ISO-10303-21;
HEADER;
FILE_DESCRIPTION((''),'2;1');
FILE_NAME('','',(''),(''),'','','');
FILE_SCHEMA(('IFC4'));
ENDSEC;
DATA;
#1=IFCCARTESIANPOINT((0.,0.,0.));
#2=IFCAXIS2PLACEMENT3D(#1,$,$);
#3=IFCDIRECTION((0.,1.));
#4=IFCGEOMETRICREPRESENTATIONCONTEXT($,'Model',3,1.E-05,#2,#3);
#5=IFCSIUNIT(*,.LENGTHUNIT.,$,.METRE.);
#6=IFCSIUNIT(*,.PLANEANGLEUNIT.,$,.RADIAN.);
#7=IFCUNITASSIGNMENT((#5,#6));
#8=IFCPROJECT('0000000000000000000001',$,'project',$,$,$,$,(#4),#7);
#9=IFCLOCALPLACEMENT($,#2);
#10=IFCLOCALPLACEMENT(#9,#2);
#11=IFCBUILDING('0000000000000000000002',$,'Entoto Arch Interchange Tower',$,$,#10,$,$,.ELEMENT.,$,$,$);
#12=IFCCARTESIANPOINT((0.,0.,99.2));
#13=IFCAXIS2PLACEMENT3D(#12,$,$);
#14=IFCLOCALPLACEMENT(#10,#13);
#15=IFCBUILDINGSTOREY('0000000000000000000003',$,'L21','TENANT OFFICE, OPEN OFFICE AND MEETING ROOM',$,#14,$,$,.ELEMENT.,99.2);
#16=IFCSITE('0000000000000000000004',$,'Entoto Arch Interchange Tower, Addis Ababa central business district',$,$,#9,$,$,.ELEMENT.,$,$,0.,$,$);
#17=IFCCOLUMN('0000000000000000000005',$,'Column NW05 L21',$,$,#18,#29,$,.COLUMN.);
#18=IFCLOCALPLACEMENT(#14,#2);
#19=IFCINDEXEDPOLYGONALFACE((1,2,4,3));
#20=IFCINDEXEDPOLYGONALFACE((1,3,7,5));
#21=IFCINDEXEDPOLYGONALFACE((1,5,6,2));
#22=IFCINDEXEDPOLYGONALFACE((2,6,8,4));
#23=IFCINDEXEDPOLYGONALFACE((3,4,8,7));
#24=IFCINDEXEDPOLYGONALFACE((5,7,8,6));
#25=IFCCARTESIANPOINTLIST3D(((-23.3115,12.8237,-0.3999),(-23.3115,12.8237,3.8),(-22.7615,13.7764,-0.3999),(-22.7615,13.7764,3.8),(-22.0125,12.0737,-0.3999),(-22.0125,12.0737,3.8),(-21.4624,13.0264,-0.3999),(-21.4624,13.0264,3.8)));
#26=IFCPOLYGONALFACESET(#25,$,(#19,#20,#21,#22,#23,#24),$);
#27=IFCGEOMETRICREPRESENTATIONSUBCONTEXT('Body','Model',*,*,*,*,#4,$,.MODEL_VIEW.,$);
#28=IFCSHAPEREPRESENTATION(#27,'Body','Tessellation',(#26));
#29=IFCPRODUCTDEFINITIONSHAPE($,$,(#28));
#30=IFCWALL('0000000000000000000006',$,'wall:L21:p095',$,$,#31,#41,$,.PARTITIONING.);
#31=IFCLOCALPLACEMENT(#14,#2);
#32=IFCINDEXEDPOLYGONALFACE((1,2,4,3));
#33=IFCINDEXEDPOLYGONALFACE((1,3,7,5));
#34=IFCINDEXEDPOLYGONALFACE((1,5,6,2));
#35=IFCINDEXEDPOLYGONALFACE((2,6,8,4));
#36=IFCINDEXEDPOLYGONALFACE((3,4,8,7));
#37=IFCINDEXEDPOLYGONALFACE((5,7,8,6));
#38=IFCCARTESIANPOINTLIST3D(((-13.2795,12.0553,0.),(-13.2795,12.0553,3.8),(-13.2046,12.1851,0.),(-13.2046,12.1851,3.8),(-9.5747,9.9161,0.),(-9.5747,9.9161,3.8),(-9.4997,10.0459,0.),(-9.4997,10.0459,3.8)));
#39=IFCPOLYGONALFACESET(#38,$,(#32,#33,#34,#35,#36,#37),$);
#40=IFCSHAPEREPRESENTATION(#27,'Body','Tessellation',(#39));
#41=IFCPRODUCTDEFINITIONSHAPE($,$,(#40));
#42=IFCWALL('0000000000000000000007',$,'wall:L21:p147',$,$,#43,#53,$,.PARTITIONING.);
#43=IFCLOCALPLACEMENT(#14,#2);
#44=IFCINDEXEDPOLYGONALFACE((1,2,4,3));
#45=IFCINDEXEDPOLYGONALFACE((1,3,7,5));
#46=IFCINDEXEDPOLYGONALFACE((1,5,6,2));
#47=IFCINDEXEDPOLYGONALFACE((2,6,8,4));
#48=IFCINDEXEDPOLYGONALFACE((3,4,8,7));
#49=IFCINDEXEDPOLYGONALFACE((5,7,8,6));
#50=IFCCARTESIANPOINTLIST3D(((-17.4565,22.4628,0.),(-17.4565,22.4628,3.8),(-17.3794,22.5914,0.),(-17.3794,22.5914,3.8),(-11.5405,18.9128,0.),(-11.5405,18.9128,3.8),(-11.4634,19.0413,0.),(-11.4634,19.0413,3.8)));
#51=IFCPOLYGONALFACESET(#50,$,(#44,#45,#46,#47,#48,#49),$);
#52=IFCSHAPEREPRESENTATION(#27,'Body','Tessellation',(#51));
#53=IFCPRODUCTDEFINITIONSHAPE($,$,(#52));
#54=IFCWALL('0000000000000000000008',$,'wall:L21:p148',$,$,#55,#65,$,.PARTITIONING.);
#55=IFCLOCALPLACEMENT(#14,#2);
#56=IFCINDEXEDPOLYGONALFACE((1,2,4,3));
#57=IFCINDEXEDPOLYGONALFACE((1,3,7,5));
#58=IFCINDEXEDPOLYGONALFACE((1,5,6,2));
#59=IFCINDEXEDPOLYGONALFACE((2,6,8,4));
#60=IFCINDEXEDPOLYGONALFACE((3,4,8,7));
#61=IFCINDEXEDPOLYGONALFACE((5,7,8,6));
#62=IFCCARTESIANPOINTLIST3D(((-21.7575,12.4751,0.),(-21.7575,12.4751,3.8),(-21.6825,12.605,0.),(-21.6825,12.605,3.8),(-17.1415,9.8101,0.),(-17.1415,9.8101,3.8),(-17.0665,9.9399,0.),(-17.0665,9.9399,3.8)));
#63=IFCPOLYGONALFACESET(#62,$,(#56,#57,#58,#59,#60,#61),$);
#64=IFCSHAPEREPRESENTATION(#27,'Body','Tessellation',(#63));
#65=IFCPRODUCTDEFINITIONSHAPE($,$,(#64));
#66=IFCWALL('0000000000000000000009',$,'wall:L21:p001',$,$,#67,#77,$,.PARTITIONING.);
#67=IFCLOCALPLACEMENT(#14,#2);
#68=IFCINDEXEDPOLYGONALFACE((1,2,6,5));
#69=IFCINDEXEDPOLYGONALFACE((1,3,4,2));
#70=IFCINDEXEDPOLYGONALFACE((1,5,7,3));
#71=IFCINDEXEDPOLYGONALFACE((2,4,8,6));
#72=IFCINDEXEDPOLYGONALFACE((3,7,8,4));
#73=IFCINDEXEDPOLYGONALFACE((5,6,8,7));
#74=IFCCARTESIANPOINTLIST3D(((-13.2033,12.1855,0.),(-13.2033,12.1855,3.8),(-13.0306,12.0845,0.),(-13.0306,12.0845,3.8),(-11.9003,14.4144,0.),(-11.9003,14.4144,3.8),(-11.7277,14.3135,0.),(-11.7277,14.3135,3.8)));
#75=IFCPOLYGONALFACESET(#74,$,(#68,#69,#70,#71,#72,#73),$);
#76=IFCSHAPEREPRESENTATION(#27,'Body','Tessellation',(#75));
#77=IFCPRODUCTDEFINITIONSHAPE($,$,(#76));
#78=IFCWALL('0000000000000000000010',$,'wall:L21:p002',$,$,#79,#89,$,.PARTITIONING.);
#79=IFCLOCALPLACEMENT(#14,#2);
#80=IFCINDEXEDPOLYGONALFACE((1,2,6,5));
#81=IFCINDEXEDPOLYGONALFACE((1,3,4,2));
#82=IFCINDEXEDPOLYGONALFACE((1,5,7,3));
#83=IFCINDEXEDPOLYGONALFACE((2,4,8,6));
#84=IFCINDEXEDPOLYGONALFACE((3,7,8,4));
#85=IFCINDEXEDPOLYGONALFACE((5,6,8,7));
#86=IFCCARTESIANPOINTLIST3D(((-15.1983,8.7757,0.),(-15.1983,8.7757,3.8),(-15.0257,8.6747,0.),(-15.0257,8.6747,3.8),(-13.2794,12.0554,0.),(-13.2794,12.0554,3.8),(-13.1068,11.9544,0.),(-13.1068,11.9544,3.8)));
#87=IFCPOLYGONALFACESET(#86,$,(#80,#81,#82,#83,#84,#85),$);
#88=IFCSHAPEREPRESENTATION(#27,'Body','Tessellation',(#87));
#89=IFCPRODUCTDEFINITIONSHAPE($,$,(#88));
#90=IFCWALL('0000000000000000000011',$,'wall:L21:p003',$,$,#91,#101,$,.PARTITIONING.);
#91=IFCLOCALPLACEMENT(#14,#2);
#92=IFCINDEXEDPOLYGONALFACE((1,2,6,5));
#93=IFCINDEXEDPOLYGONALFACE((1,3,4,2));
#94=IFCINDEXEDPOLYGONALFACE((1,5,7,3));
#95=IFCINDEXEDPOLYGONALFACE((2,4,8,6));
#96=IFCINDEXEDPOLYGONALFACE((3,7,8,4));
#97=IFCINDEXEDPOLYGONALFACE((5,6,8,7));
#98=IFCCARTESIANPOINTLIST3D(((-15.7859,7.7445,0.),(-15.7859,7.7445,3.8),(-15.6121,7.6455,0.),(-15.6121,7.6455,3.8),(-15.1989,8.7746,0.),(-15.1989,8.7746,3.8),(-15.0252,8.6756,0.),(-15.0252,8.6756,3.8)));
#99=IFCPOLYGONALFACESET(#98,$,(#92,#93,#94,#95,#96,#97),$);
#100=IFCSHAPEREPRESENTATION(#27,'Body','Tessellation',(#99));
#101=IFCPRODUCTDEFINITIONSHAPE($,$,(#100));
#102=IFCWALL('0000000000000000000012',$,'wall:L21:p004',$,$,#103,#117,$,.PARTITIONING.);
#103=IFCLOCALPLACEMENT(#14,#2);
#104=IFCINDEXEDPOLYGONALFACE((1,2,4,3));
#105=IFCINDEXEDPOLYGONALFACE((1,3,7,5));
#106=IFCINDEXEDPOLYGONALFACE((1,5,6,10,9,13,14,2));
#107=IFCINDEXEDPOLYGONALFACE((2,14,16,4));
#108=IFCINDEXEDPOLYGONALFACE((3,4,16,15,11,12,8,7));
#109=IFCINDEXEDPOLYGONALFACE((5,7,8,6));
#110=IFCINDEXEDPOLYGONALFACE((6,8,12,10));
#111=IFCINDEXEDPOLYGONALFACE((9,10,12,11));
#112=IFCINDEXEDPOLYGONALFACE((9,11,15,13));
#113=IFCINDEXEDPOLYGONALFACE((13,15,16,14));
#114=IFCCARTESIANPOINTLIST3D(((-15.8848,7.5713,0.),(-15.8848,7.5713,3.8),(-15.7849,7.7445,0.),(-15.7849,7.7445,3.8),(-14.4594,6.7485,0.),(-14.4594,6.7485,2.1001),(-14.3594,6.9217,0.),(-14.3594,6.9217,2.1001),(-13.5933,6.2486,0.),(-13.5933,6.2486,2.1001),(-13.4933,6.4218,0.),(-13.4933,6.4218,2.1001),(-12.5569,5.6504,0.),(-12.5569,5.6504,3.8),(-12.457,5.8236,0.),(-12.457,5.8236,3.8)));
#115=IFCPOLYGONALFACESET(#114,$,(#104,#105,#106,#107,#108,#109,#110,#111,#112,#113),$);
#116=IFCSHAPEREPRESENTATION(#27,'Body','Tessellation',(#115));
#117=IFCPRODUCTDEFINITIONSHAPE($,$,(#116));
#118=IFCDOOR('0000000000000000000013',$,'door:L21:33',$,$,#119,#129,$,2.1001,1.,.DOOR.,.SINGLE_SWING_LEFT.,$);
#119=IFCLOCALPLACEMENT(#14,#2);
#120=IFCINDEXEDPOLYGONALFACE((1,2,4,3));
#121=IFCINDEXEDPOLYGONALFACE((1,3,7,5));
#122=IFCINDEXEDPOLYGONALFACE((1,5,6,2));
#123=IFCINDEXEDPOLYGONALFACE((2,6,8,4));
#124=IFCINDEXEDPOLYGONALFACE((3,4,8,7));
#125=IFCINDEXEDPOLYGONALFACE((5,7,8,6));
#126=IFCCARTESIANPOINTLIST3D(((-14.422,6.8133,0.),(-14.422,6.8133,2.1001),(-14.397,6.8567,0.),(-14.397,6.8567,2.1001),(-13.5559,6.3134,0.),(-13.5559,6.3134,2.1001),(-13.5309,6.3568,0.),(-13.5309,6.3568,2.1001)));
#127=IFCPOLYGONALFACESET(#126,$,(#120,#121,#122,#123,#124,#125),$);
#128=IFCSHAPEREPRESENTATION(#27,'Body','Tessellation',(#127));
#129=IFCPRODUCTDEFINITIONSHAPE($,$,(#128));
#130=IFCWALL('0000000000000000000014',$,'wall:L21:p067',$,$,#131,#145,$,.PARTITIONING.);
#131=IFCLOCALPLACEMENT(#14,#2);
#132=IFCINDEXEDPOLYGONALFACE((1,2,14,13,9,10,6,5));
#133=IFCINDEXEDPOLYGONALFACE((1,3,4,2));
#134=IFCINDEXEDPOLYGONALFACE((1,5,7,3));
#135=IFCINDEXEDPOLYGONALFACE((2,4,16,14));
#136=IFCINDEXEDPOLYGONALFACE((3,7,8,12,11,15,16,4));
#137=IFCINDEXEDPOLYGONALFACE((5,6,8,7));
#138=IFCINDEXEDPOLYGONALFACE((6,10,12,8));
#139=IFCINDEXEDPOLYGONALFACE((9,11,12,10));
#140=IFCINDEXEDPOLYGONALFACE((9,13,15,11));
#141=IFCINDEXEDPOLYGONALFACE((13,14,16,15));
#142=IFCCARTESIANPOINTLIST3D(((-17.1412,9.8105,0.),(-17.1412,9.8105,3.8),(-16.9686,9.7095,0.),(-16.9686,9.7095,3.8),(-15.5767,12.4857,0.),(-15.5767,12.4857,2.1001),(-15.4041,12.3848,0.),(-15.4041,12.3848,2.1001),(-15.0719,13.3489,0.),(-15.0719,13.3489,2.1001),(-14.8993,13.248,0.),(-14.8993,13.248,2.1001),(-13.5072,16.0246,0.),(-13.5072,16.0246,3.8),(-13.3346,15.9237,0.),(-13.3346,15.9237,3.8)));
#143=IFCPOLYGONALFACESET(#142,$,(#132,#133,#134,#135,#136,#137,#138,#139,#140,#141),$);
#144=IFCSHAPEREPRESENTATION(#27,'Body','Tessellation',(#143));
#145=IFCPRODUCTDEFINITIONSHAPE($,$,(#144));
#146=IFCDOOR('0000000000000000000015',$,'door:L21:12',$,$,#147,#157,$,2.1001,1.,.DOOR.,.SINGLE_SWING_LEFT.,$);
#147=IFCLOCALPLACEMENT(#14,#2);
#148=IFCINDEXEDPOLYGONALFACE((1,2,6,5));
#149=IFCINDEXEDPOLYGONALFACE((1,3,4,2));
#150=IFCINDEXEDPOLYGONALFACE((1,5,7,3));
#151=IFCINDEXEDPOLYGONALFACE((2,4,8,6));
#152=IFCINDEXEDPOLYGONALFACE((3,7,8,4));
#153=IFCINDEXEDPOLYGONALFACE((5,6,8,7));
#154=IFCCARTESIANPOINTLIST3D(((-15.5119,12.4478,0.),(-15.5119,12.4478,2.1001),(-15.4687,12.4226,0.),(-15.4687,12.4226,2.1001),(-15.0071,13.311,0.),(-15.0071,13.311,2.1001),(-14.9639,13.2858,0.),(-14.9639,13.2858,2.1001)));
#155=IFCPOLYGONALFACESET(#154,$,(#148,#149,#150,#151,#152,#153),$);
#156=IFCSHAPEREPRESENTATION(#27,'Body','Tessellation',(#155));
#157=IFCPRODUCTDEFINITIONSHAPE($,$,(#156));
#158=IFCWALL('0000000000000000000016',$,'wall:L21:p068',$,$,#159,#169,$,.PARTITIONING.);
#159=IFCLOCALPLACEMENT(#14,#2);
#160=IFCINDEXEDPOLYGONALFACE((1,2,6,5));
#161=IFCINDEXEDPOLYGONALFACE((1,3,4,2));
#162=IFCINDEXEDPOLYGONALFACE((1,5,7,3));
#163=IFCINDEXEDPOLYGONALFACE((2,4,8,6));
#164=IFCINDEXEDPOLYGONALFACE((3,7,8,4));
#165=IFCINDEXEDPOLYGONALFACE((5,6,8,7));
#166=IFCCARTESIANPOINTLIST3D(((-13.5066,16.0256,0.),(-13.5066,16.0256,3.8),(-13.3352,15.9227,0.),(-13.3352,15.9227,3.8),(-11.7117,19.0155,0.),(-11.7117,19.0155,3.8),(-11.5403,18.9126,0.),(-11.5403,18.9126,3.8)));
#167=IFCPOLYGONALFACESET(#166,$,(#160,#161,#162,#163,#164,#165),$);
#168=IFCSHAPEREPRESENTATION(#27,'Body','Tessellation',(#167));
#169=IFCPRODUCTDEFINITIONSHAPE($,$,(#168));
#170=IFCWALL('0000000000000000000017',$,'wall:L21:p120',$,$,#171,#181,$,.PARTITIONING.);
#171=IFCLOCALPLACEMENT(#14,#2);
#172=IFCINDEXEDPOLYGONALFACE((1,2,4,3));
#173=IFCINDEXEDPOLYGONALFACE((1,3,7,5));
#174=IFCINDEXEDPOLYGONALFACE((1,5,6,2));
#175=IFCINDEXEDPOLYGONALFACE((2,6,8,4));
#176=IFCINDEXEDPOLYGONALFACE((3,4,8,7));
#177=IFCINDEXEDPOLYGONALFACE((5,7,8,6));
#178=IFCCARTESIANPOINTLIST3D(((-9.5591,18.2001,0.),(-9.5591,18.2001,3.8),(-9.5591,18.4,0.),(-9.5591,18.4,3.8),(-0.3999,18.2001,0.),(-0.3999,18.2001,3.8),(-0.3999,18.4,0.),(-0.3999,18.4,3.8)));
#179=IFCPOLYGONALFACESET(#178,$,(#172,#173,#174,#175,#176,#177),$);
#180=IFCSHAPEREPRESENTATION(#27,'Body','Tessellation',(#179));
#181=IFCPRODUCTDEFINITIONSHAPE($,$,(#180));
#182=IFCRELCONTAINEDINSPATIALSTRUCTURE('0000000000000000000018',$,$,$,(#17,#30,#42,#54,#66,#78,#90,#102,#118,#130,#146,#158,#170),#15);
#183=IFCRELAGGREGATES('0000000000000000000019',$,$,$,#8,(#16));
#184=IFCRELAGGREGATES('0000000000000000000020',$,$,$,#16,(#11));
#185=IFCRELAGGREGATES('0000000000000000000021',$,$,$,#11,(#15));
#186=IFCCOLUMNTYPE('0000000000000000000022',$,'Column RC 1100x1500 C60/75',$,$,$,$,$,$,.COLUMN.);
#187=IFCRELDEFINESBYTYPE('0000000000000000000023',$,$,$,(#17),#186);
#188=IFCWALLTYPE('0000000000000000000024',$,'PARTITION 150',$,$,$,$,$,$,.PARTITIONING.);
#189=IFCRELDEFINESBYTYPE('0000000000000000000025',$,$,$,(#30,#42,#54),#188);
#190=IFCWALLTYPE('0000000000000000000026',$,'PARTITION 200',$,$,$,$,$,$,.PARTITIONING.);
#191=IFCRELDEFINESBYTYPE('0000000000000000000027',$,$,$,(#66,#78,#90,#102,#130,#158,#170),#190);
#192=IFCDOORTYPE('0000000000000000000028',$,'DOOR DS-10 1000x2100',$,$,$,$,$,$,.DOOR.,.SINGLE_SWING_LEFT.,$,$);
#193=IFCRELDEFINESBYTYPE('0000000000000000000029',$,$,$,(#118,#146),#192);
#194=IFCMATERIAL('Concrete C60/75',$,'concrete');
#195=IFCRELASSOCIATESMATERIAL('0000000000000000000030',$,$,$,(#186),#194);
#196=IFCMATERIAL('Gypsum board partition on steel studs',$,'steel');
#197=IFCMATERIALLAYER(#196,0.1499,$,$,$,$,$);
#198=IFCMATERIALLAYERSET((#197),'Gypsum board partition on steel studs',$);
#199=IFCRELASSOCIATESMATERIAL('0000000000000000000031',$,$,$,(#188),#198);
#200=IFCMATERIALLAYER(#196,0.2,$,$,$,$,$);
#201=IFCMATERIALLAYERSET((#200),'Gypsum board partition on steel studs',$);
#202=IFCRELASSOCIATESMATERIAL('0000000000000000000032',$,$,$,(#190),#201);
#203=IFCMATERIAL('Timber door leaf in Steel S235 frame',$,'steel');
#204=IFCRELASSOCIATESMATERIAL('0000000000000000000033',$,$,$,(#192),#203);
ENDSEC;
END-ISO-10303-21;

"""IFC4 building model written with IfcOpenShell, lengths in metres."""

from ifc_helpers import new_model, si_unit, direction, frame, frame_2d, origin, origin_2d, place, context, subcontext, project, spatial, rectangle, extrude, material, layer, layer_set, material_profile, profile_set, type_object, element, fill, save


model = new_model("IFC4")

# Units and contexts
model_context = context("Model", 3, precision=1e-05, world=origin(), true_north=direction((0.0, 1.0)))
body_context = subcontext(model_context, "Body", "Model", "MODEL_VIEW")
ifc_project = project(units=[si_unit("LENGTHUNIT", "METRE"), si_unit("PLANEANGLEUNIT", "RADIAN")], contexts=[model_context])

# Site, building, storey
site_placement = place(None, origin())
site = spatial("IfcSite", under=ifc_project, at=site_placement, Name="Entoto Arch Interchange Tower, Addis Ababa central business district", CompositionType="ELEMENT", RefElevation=0.0)
building_placement = place(site_placement, origin())
building = spatial("IfcBuilding", under=site, at=building_placement, Name="Entoto Arch Interchange Tower", CompositionType="ELEMENT")
storey_placement = place(building_placement, frame((0.0, 0.0, 99.2)))
storey = spatial("IfcBuildingStorey", under=building, at=storey_placement, Name="L21", Description="TENANT OFFICE, OPEN OFFICE AND MEETING ROOM", CompositionType="ELEMENT", Elevation=99.2)

# Column
ifc_material_1 = material(Name="Concrete C60/75", Category="concrete")
ifc_material_profile = material_profile(ifc_material_1, rectangle(XDim=1.1001, YDim=1.5, at=origin_2d()))
ifc_profile_set = profile_set([ifc_material_profile], Name="Concrete C60/75")
column_type = type_object("IfcColumnType", Name="Column RC 1100x1500 C60/75", PredefinedType="COLUMN", material=ifc_profile_set)
column_placement = place(storey_placement, frame((-22.387, 12.925, -0.3999), z_axis=(0.0, 0.0, 1.0), x_axis=(0.5, 0.866025, 0.0)))
element("IfcColumn", 1, at=column_placement, inside=storey, type_object=column_type, Name="Column NW05 L21", PredefinedType="COLUMN", context=body_context, shape_type="SweptSolid", body=[
    extrude(rectangle(XDim=1.1001, YDim=1.5, at=origin_2d()), origin(), (0.0, 0.0, 1.0), 4.2),
])

# Walls
ifc_material_2 = material(Name="Gypsum board partition on steel studs", Category="steel")
ifc_layer_1 = layer(ifc_material_2, 0.1499)
ifc_layer_set_1 = layer_set([ifc_layer_1], Name="Gypsum board partition on steel studs")
wall_type_1 = type_object("IfcWallType", Name="PARTITION 150", PredefinedType="PARTITIONING", material=ifc_layer_set_1)
wall_1_placement = place(storey_placement, frame((-9.5371, 9.981, 0.0), z_axis=(0.0, 0.0, 1.0), x_axis=(-0.866008, 0.50003, 0.0)))
element("IfcWall", 2, at=wall_1_placement, inside=storey, type_object=wall_type_1, Name="wall:L21:p095", PredefinedType="PARTITIONING", context=body_context, shape_type="SweptSolid", body=[
    extrude(rectangle(XDim=4.2781, YDim=0.1499, at=frame_2d((2.1392, 0.0))), origin(), (0.0, 0.0, 1.0), 3.8),
])
wall_2_placement = place(storey_placement, frame((-11.502, 18.9771, 0.0), z_axis=(0.0, 0.0, 1.0), x_axis=(-0.857465, 0.514543, 0.0)))
element("IfcWall", 3, at=wall_2_placement, inside=storey, type_object=wall_type_1, Name="wall:L21:p147", PredefinedType="PARTITIONING", context=body_context, shape_type="SweptSolid", body=[
    extrude(rectangle(XDim=6.8994, YDim=0.1499, at=frame_2d((3.4497, 0.0))), origin(), (0.0, 0.0, 1.0), 3.8),
])
wall_3_placement = place(storey_placement, frame((-17.104, 9.875, 0.0), z_axis=(0.0, 0.0, 1.0), x_axis=(-0.866025, 0.500001, 0.0)))
element("IfcWall", 4, at=wall_3_placement, inside=storey, type_object=wall_type_1, Name="wall:L21:p148", PredefinedType="PARTITIONING", context=body_context, shape_type="SweptSolid", body=[
    extrude(rectangle(XDim=5.3301, YDim=0.1499, at=frame_2d((2.665, 0.0))), origin(), (0.0, 0.0, 1.0), 3.8),
])
ifc_layer_2 = layer(ifc_material_2, 0.2)
ifc_layer_set_2 = layer_set([ifc_layer_2], Name="Gypsum board partition on steel studs")
wall_type_2 = type_object("IfcWallType", Name="PARTITION 200", PredefinedType="PARTITIONING", material=ifc_layer_set_2)
wall_4_placement = place(storey_placement, frame((-11.814, 14.364, 0.0), z_axis=(0.0, 0.0, 1.0), x_axis=(-0.504659, -0.863319, 0.0)))
element("IfcWall", 5, at=wall_4_placement, inside=storey, type_object=wall_type_2, Name="wall:L21:p001", PredefinedType="PARTITIONING", context=body_context, shape_type="SweptSolid", body=[
    extrude(rectangle(XDim=2.5818, YDim=0.2, at=frame_2d((1.291, 0.0))), origin(), (0.0, 0.0, 1.0), 3.8),
])
wall_5_placement = place(storey_placement, frame((-13.1931, 12.0049, 0.0), z_axis=(0.0, 0.0, 1.0), x_axis=(-0.504997, -0.863121, 0.0)))
element("IfcWall", 6, at=wall_5_placement, inside=storey, type_object=wall_type_2, Name="wall:L21:p002", PredefinedType="PARTITIONING", context=body_context, shape_type="SweptSolid", body=[
    extrude(rectangle(XDim=3.7998, YDim=0.2, at=frame_2d((1.8999, 0.0))), origin(), (0.0, 0.0, 1.0), 3.8),
])
wall_6_placement = place(storey_placement, frame((-15.1121, 8.7251, 0.0), z_axis=(0.0, 0.0, 1.0), x_axis=(-0.495074, -0.868851, 0.0)))
element("IfcWall", 7, at=wall_6_placement, inside=storey, type_object=wall_type_2, Name="wall:L21:p003", PredefinedType="PARTITIONING", context=body_context, shape_type="SweptSolid", body=[
    extrude(rectangle(XDim=1.1855, YDim=0.2, at=frame_2d((0.5928, 0.0))), origin(), (0.0, 0.0, 1.0), 3.8),
])

# Walls, openings, doors
wall_7_placement = place(storey_placement, frame((-15.835, 7.658, 0.0), z_axis=(0.0, 0.0, 1.0), x_axis=(0.866077, -0.499911, 0.0)))
wall_7 = element("IfcWall", 8, at=wall_7_placement, inside=storey, type_object=wall_type_2, Name="wall:L21:p004", PredefinedType="PARTITIONING", context=body_context, shape_type="SweptSolid", body=[
    extrude(rectangle(XDim=3.8425, YDim=0.2, at=frame_2d((1.9214, 0.0))), origin(), (0.0, 0.0, 1.0), 3.8),
])
opening_1_placement = place(wall_7_placement, frame((1.646, 0.0, 0.0)))
opening_1 = element("IfcOpeningElement", 9, at=opening_1_placement, cuts=wall_7, PredefinedType="OPENING", context=body_context, shape_type="SweptSolid", body=[
    extrude(rectangle(XDim=1.0, YDim=2.1001, at=frame_2d((0.5, 1.05))), frame((0.0, 0.1099, 0.0), z_axis=(0.0, -1.0, 0.0), x_axis=(1.0, 0.0, 0.0)), (0.0, 0.0, 1.0), 0.22),
])
ifc_material_3 = material(Name="Timber door leaf in Steel S235 frame", Category="steel")
door_type = type_object("IfcDoorType", Name="DOOR DS-10 1000x2100", OperationType="SINGLE_SWING_LEFT", PredefinedType="DOOR", material=ifc_material_3)
door_1_placement = place(opening_1_placement, origin())
door_1 = element("IfcDoor", 10, at=door_1_placement, inside=storey, type_object=door_type, Name="door:L21:33", OperationType="SINGLE_SWING_LEFT", OverallHeight=2.1001, OverallWidth=1.0, PredefinedType="DOOR", context=body_context, shape_type="SweptSolid", body=[
    extrude(rectangle(XDim=1.0, YDim=2.1001, at=frame_2d((0.5, 1.05))), frame((0.0, 0.0249, 0.0), z_axis=(0.0, -1.0, 0.0), x_axis=(1.0, 0.0, 0.0)), (0.0, 0.0, 1.0), 0.05),
])
fill(opening_1, door_1)
wall_8_placement = place(storey_placement, frame((-17.0549, 9.76, 0.0), z_axis=(0.0, 0.0, 1.0), x_axis=(0.504818, 0.863226, 0.0)))
wall_8 = element("IfcWall", 11, at=wall_8_placement, inside=storey, type_object=wall_type_2, Name="wall:L21:p067", PredefinedType="PARTITIONING", context=body_context, shape_type="SweptSolid", body=[
    extrude(rectangle(XDim=7.1987, YDim=0.2, at=frame_2d((3.5994, 0.0))), origin(), (0.0, 0.0, 1.0), 3.8),
])
opening_2_placement = place(wall_8_placement, frame((3.0991, 0.0, 0.0)))
opening_2 = element("IfcOpeningElement", 12, at=opening_2_placement, cuts=wall_8, PredefinedType="OPENING", context=body_context, shape_type="SweptSolid", body=[
    extrude(rectangle(XDim=1.0, YDim=2.1001, at=frame_2d((0.5, 1.05))), frame((0.0, 0.1099, 0.0), z_axis=(0.0, -1.0, 0.0), x_axis=(1.0, 0.0, 0.0)), (0.0, 0.0, 1.0), 0.22),
])
door_2_placement = place(opening_2_placement, origin())
door_2 = element("IfcDoor", 13, at=door_2_placement, inside=storey, type_object=door_type, Name="door:L21:12", OperationType="SINGLE_SWING_LEFT", OverallHeight=2.1001, OverallWidth=1.0, PredefinedType="DOOR", context=body_context, shape_type="SweptSolid", body=[
    extrude(rectangle(XDim=1.0, YDim=2.1001, at=frame_2d((0.5, 1.05))), frame((0.0, 0.0249, 0.0), z_axis=(0.0, -1.0, 0.0), x_axis=(1.0, 0.0, 0.0)), (0.0, 0.0, 1.0), 0.05),
])
fill(opening_2, door_2)

# Walls
wall_9_placement = place(storey_placement, frame((-13.4209, 15.9741, 0.0), z_axis=(0.0, 0.0, 1.0), x_axis=(0.514691, 0.857376, 0.0)))
element("IfcWall", 14, at=wall_9_placement, inside=storey, type_object=wall_type_2, Name="wall:L21:p068", PredefinedType="PARTITIONING", context=body_context, shape_type="SweptSolid", body=[
    extrude(rectangle(XDim=3.4873, YDim=0.2, at=frame_2d((1.7437, 0.0))), origin(), (0.0, 0.0, 1.0), 3.8),
])
wall_10_placement = place(storey_placement, frame((-9.5591, 18.3, 0.0), z_axis=(0.0, 0.0, 1.0), x_axis=(1.0, 0.0, 0.0)))
element("IfcWall", 15, at=wall_10_placement, inside=storey, type_object=wall_type_2, Name="wall:L21:p120", PredefinedType="PARTITIONING", context=body_context, shape_type="SweptSolid", body=[
    extrude(rectangle(XDim=9.1592, YDim=0.2, at=frame_2d((4.5796, 0.0))), origin(), (0.0, 0.0, 1.0), 3.8),
])

save(model, "model.ifc")
